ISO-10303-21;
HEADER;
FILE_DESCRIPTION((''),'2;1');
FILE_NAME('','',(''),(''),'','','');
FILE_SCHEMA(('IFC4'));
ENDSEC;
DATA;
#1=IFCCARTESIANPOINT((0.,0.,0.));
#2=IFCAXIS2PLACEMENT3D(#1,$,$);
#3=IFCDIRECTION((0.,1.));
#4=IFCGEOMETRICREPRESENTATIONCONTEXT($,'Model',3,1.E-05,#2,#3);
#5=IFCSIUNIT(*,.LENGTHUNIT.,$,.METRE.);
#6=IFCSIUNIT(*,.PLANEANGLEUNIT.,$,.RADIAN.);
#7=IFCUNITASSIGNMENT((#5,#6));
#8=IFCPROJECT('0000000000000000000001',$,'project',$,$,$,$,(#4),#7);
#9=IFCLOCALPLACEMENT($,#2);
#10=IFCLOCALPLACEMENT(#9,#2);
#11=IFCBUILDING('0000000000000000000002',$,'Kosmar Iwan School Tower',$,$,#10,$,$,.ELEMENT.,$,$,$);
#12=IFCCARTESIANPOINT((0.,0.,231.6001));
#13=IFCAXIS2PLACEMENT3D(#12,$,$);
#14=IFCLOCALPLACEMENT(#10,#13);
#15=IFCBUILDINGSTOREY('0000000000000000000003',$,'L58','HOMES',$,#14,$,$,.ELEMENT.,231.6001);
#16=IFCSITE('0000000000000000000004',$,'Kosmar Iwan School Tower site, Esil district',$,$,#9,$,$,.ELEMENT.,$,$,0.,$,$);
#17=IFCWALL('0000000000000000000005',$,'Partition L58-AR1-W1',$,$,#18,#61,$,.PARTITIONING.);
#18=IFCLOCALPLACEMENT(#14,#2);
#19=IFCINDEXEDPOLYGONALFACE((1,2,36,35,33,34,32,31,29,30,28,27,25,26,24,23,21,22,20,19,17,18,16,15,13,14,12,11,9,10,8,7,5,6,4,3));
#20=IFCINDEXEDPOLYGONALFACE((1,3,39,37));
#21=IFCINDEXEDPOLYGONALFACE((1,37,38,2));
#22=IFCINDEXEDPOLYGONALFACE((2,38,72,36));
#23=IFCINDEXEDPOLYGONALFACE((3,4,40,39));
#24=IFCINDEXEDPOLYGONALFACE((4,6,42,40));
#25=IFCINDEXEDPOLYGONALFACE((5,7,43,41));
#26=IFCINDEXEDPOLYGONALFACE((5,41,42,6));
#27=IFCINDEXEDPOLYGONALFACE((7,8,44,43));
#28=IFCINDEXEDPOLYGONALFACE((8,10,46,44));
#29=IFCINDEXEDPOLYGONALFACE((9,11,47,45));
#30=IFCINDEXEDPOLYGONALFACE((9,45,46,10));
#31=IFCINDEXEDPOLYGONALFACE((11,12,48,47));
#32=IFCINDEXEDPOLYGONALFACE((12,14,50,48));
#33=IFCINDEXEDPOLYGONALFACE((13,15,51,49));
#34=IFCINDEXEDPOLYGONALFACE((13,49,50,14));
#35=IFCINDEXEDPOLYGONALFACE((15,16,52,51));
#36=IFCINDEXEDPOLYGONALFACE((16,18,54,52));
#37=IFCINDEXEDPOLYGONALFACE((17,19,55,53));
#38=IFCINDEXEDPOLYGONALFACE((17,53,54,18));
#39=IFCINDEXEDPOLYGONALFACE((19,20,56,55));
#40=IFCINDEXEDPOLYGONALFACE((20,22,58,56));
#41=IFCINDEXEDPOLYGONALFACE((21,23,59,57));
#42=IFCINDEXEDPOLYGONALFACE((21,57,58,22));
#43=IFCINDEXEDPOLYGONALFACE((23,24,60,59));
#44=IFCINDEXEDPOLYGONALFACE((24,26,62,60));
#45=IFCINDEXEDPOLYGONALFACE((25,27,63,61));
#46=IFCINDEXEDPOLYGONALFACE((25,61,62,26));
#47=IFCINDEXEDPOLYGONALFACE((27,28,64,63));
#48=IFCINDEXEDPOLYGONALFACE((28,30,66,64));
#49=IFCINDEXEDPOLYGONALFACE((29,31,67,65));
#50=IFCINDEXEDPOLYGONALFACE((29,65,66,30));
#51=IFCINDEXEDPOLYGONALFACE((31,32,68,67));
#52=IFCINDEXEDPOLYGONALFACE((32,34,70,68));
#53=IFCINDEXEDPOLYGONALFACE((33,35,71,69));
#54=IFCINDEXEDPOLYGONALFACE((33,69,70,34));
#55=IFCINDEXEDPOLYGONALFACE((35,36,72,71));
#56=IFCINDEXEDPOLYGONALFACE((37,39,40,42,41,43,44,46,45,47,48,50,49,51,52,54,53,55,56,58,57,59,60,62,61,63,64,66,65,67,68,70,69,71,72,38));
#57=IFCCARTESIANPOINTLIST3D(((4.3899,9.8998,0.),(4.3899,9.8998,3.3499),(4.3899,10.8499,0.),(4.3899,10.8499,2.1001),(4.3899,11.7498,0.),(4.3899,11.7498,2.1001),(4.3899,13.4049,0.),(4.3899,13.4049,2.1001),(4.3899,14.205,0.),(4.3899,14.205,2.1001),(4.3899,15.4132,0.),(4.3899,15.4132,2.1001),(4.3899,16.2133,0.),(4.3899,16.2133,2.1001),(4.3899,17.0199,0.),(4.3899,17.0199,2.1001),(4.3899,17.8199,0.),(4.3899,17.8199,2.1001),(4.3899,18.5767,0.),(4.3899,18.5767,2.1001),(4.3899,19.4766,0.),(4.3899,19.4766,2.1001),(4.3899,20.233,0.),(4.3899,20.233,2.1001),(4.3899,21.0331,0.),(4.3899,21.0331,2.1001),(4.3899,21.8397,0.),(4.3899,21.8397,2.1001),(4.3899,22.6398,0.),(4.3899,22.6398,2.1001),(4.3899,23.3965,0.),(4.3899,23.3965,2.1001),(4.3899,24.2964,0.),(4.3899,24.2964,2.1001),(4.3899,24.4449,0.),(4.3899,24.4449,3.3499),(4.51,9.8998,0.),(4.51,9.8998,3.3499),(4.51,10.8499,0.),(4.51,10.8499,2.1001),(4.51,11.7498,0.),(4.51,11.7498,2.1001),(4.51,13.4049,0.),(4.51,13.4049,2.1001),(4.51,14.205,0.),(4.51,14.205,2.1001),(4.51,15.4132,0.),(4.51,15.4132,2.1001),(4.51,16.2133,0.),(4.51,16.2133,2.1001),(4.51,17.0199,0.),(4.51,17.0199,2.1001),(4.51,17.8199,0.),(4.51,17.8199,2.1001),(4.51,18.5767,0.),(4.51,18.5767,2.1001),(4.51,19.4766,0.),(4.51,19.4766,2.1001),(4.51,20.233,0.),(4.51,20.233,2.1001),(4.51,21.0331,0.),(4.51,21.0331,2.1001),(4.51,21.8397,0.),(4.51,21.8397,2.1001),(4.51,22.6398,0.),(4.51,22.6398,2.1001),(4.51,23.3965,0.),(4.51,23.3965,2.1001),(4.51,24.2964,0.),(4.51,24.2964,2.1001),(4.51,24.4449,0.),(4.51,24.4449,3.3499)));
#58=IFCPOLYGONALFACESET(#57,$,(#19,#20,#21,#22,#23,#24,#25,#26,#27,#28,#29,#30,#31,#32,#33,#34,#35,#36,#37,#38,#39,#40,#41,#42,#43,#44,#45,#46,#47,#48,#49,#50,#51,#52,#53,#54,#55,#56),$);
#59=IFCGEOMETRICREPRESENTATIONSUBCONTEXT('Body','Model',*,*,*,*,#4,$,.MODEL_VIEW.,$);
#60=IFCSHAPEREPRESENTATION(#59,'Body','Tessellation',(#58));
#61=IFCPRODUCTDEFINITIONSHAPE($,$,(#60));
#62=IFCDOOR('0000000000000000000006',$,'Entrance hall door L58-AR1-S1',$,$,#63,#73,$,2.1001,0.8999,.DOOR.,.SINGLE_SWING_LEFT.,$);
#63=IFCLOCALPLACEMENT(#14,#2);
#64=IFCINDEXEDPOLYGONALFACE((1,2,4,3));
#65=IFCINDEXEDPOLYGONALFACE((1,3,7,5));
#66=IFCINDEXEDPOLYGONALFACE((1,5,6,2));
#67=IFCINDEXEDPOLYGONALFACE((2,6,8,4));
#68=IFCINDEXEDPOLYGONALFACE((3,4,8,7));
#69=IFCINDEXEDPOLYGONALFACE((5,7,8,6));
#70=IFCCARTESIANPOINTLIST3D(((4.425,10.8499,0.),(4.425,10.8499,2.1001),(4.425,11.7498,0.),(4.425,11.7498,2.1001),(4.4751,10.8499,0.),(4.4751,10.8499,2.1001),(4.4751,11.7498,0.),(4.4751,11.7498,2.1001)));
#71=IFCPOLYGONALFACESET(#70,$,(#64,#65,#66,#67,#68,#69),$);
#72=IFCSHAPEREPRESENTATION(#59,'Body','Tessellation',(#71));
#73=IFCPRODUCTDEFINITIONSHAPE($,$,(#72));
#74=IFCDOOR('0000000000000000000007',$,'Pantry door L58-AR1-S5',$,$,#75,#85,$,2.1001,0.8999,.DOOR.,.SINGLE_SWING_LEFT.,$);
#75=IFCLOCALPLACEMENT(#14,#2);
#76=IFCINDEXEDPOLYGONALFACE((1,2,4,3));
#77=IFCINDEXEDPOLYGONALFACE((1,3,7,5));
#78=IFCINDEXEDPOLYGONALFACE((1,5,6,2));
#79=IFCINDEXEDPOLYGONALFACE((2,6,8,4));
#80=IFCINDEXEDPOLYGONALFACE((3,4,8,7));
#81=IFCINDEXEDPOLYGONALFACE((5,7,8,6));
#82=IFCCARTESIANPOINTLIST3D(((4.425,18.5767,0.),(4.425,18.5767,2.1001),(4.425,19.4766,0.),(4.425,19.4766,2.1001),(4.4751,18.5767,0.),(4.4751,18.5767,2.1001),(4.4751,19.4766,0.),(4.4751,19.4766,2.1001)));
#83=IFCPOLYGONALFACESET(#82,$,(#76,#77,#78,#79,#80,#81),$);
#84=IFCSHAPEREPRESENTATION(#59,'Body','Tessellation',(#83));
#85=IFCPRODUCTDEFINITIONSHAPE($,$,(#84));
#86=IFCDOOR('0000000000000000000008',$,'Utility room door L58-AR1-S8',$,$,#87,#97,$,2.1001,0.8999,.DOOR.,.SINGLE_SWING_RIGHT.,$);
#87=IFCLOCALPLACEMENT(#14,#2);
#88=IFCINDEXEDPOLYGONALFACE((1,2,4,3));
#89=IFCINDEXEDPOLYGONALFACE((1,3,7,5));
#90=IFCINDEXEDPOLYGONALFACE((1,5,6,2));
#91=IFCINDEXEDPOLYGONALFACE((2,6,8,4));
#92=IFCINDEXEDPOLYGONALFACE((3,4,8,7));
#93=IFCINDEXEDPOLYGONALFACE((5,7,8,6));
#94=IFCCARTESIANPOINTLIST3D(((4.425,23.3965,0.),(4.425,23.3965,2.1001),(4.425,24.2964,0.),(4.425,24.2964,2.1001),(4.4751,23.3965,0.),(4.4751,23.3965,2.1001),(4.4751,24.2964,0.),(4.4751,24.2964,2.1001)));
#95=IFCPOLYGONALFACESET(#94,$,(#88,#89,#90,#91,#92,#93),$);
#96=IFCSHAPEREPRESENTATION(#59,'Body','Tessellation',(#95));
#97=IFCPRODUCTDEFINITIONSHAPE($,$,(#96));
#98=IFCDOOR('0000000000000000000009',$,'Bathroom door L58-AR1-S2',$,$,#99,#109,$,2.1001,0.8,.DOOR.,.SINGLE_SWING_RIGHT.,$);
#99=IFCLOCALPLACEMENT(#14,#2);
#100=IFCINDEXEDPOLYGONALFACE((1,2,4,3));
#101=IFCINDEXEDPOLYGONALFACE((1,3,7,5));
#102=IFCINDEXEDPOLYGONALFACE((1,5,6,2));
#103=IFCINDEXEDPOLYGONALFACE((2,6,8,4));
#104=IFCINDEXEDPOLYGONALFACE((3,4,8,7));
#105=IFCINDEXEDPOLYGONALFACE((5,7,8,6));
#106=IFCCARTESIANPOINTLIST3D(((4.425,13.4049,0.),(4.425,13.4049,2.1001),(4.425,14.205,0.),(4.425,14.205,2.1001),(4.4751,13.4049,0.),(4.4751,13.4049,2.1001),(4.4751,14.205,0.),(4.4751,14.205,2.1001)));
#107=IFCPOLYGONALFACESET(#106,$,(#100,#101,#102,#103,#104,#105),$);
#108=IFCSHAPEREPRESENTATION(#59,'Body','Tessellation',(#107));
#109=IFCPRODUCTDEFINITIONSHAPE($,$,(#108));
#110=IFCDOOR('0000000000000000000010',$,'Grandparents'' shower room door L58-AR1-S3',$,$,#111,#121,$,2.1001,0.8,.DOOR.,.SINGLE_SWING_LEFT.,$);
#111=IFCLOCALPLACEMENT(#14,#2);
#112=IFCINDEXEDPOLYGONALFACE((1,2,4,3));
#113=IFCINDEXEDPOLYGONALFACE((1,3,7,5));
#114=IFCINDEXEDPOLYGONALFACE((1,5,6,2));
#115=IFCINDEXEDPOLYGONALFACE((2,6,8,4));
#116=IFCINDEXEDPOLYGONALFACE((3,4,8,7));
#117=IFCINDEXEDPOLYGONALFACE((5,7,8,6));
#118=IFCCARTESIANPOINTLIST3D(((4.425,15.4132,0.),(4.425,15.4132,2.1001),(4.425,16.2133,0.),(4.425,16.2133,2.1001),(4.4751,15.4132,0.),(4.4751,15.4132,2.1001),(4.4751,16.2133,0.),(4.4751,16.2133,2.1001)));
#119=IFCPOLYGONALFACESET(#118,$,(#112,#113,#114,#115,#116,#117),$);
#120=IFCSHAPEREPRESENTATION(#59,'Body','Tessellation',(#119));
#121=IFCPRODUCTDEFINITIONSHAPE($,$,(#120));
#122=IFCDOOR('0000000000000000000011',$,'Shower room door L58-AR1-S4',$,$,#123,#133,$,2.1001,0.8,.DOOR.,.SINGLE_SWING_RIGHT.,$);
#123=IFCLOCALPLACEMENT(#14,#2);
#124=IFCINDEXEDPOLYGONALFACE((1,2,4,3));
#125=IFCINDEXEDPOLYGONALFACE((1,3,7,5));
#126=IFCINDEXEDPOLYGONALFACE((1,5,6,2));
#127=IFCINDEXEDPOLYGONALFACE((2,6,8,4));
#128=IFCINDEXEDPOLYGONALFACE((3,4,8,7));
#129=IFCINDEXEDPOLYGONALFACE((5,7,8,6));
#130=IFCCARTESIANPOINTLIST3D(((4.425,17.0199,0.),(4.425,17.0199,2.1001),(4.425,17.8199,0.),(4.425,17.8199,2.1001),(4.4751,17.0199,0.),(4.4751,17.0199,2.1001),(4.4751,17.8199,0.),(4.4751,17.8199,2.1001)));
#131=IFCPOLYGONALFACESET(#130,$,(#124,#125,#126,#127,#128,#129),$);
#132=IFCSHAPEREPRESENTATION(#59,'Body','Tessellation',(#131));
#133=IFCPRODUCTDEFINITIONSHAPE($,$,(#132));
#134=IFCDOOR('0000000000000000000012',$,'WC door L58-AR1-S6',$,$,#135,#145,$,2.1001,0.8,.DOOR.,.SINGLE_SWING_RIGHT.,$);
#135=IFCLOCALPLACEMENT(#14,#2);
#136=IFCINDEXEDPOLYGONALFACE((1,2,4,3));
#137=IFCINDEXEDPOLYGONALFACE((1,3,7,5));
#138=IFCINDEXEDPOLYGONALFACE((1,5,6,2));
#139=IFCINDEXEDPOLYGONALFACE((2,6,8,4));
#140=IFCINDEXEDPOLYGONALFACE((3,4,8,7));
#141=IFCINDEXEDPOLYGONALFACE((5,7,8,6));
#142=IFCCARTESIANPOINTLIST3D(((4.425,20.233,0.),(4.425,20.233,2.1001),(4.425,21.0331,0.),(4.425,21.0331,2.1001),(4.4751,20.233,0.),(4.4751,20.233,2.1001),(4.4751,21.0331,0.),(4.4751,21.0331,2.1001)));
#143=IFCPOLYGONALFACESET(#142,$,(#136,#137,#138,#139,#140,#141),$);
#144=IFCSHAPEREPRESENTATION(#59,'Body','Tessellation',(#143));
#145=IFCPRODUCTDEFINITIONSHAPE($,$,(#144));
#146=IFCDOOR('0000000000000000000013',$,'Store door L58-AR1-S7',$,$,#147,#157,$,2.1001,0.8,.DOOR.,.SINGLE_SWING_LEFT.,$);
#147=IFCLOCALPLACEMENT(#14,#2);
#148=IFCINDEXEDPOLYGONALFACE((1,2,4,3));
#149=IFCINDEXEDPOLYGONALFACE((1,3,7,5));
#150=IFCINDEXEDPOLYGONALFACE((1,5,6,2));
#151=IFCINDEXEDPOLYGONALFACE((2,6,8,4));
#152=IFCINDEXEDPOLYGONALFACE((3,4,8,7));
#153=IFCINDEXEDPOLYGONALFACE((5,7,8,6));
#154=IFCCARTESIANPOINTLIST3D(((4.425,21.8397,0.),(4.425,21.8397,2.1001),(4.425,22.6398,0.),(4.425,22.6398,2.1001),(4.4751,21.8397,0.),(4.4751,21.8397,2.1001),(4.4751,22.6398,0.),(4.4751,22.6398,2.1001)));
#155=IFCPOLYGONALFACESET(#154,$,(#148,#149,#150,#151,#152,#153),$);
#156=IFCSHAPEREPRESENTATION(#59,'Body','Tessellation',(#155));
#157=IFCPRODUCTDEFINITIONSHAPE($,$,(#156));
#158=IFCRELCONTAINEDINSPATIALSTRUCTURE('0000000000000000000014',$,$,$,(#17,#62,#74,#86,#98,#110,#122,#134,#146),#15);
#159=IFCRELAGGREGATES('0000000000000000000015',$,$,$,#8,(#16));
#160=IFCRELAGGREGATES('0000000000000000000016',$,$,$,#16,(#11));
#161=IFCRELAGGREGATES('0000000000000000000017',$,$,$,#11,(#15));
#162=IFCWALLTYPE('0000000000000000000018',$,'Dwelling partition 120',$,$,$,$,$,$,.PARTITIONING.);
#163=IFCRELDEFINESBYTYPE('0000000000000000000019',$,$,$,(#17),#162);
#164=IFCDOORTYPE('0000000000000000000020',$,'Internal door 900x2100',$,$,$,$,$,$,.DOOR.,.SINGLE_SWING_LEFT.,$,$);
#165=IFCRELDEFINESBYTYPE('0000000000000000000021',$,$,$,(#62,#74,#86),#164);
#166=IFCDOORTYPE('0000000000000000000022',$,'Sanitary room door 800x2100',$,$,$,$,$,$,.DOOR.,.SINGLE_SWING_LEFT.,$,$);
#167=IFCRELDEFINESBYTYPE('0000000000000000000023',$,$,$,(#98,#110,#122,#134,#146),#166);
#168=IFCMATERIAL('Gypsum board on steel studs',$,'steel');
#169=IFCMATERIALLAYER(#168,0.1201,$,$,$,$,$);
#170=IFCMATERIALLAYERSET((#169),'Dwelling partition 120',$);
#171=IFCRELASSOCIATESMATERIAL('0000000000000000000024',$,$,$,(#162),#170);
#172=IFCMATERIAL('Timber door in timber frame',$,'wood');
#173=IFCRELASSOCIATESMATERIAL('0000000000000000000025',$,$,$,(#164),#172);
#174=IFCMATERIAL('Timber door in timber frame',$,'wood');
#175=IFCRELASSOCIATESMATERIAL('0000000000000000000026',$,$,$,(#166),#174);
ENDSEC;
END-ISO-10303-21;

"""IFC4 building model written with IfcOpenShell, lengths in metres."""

from ifc_helpers import new_model, si_unit, direction, frame, frame_2d, origin, place, context, subcontext, project, spatial, rectangle, extrude, material, layer, layer_set, type_object, element, fill, save


model = new_model("IFC4")

# Units and contexts
model_context = context("Model", 3, precision=1e-05, world=origin(), true_north=direction((0.0, 1.0)))
body_context = subcontext(model_context, "Body", "Model", "MODEL_VIEW")
ifc_project = project(units=[si_unit("LENGTHUNIT", "METRE"), si_unit("PLANEANGLEUNIT", "RADIAN")], contexts=[model_context])

# Site, building, storey
site_placement = place(None, origin())
site = spatial("IfcSite", under=ifc_project, at=site_placement, Name="Kosmar Iwan School Tower site, Esil district", CompositionType="ELEMENT", RefElevation=0.0)
building_placement = place(site_placement, origin())
building = spatial("IfcBuilding", under=site, at=building_placement, Name="Kosmar Iwan School Tower", CompositionType="ELEMENT")
storey_placement = place(building_placement, frame((0.0, 0.0, 231.6001)))
storey = spatial("IfcBuildingStorey", under=building, at=storey_placement, Name="L58", Description="HOMES", CompositionType="ELEMENT", Elevation=231.6001)

# Wall, openings, doors
ifc_material_1 = material(Name="Gypsum board on steel studs", Category="steel")
ifc_layer_1 = layer(ifc_material_1, 0.1201)
ifc_layer_set_1 = layer_set([ifc_layer_1], Name="Dwelling partition 120")
wall_type_1 = type_object("IfcWallType", Name="Dwelling partition 120", PredefinedType="PARTITIONING", material=ifc_layer_set_1)
wall_1_placement = place(storey_placement, frame((4.45, 9.8999, 0.0), z_axis=(0.0, 0.0, 1.0), x_axis=(0.0, 1.0, 0.0)))
wall_1 = element("IfcWall", 1, at=wall_1_placement, inside=storey, type_object=wall_type_1, Name="Partition L58-AR1-W1", PredefinedType="PARTITIONING", context=body_context, shape_type="SweptSolid", body=[
    extrude(rectangle(XDim=14.5452, YDim=0.1201, at=frame_2d((7.2725, 0.0))), origin(), (0.0, 0.0, 1.0), 3.3499),
])
opening_1_placement = place(wall_1_placement, frame((0.95, 0.0, 0.0)))
opening_1 = element("IfcOpeningElement", 2, at=opening_1_placement, cuts=wall_1, PredefinedType="OPENING", context=body_context, shape_type="SweptSolid", body=[
    extrude(rectangle(XDim=0.8999, YDim=2.1001, at=frame_2d((0.45, 1.05))), frame((0.0, 0.072, 0.0), z_axis=(0.0, -1.0, 0.0), x_axis=(1.0, 0.0, 0.0)), (0.0, 0.0, 1.0), 0.144),
])
opening_2_placement = place(wall_1_placement, frame((3.5051, 0.0, 0.0)))
opening_2 = element("IfcOpeningElement", 3, at=opening_2_placement, cuts=wall_1, PredefinedType="OPENING", context=body_context, shape_type="SweptSolid", body=[
    extrude(rectangle(XDim=0.8, YDim=2.1001, at=frame_2d((0.3999, 1.05))), frame((0.0, 0.072, 0.0), z_axis=(0.0, -1.0, 0.0), x_axis=(1.0, 0.0, 0.0)), (0.0, 0.0, 1.0), 0.144),
])
opening_3_placement = place(wall_1_placement, frame((5.5134, 0.0, 0.0)))
opening_3 = element("IfcOpeningElement", 4, at=opening_3_placement, cuts=wall_1, PredefinedType="OPENING", context=body_context, shape_type="SweptSolid", body=[
    extrude(rectangle(XDim=0.8, YDim=2.1001, at=frame_2d((0.3999, 1.05))), frame((0.0, 0.072, 0.0), z_axis=(0.0, -1.0, 0.0), x_axis=(1.0, 0.0, 0.0)), (0.0, 0.0, 1.0), 0.144),
])
opening_4_placement = place(wall_1_placement, frame((7.1201, 0.0, 0.0)))
opening_4 = element("IfcOpeningElement", 5, at=opening_4_placement, cuts=wall_1, PredefinedType="OPENING", context=body_context, shape_type="SweptSolid", body=[
    extrude(rectangle(XDim=0.8, YDim=2.1001, at=frame_2d((0.3999, 1.05))), frame((0.0, 0.072, 0.0), z_axis=(0.0, -1.0, 0.0), x_axis=(1.0, 0.0, 0.0)), (0.0, 0.0, 1.0), 0.144),
])
opening_5_placement = place(wall_1_placement, frame((8.6768, 0.0, 0.0)))
opening_5 = element("IfcOpeningElement", 6, at=opening_5_placement, cuts=wall_1, PredefinedType="OPENING", context=body_context, shape_type="SweptSolid", body=[
    extrude(rectangle(XDim=0.8999, YDim=2.1001, at=frame_2d((0.45, 1.05))), frame((0.0, 0.072, 0.0), z_axis=(0.0, -1.0, 0.0), x_axis=(1.0, 0.0, 0.0)), (0.0, 0.0, 1.0), 0.144),
])
opening_6_placement = place(wall_1_placement, frame((10.3333, 0.0, 0.0)))
opening_6 = element("IfcOpeningElement", 7, at=opening_6_placement, cuts=wall_1, PredefinedType="OPENING", context=body_context, shape_type="SweptSolid", body=[
    extrude(rectangle(XDim=0.8, YDim=2.1001, at=frame_2d((0.3999, 1.05))), frame((0.0, 0.072, 0.0), z_axis=(0.0, -1.0, 0.0), x_axis=(1.0, 0.0, 0.0)), (0.0, 0.0, 1.0), 0.144),
])
opening_7_placement = place(wall_1_placement, frame((11.9399, 0.0, 0.0)))
opening_7 = element("IfcOpeningElement", 8, at=opening_7_placement, cuts=wall_1, PredefinedType="OPENING", context=body_context, shape_type="SweptSolid", body=[
    extrude(rectangle(XDim=0.8, YDim=2.1001, at=frame_2d((0.3999, 1.05))), frame((0.0, 0.072, 0.0), z_axis=(0.0, -1.0, 0.0), x_axis=(1.0, 0.0, 0.0)), (0.0, 0.0, 1.0), 0.144),
])
opening_8_placement = place(wall_1_placement, frame((13.4966, 0.0, 0.0)))
opening_8 = element("IfcOpeningElement", 9, at=opening_8_placement, cuts=wall_1, PredefinedType="OPENING", context=body_context, shape_type="SweptSolid", body=[
    extrude(rectangle(XDim=0.8999, YDim=2.1001, at=frame_2d((0.45, 1.05))), frame((0.0, 0.072, 0.0), z_axis=(0.0, -1.0, 0.0), x_axis=(1.0, 0.0, 0.0)), (0.0, 0.0, 1.0), 0.144),
])
ifc_material_2 = material(Name="Timber door in timber frame", Category="wood")
door_type_1 = type_object("IfcDoorType", Name="Internal door 900x2100", OperationType="SINGLE_SWING_LEFT", PredefinedType="DOOR", material=ifc_material_2)
door_1_placement = place(opening_1_placement, origin())
door_1 = element("IfcDoor", 10, at=door_1_placement, inside=storey, type_object=door_type_1, Name="Entrance hall door L58-AR1-S1", OperationType="SINGLE_SWING_LEFT", OverallHeight=2.1001, OverallWidth=0.8999, PredefinedType="DOOR", context=body_context, shape_type="SweptSolid", body=[
    extrude(rectangle(XDim=0.8999, YDim=2.1001, at=frame_2d((0.45, 1.05))), frame((0.0, 0.0249, 0.0), z_axis=(0.0, -1.0, 0.0), x_axis=(1.0, 0.0, 0.0)), (0.0, 0.0, 1.0), 0.05),
])
fill(opening_1, door_1)
door_2_placement = place(opening_5_placement, origin())
door_2 = element("IfcDoor", 11, at=door_2_placement, inside=storey, type_object=door_type_1, Name="Pantry door L58-AR1-S5", OperationType="SINGLE_SWING_LEFT", OverallHeight=2.1001, OverallWidth=0.8999, PredefinedType="DOOR", context=body_context, shape_type="SweptSolid", body=[
    extrude(rectangle(XDim=0.8999, YDim=2.1001, at=frame_2d((0.45, 1.05))), frame((0.0, 0.0249, 0.0), z_axis=(0.0, -1.0, 0.0), x_axis=(1.0, 0.0, 0.0)), (0.0, 0.0, 1.0), 0.05),
])
fill(opening_5, door_2)
door_3_placement = place(opening_8_placement, origin())
door_3 = element("IfcDoor", 12, at=door_3_placement, inside=storey, type_object=door_type_1, Name="Utility room door L58-AR1-S8", OperationType="SINGLE_SWING_RIGHT", OverallHeight=2.1001, OverallWidth=0.8999, PredefinedType="DOOR", context=body_context, shape_type="SweptSolid", body=[
    extrude(rectangle(XDim=0.8999, YDim=2.1001, at=frame_2d((0.45, 1.05))), frame((0.0, 0.0249, 0.0), z_axis=(0.0, -1.0, 0.0), x_axis=(1.0, 0.0, 0.0)), (0.0, 0.0, 1.0), 0.05),
])
fill(opening_8, door_3)
ifc_material_3 = material(Name="Timber door in timber frame", Category="wood")
door_type_2 = type_object("IfcDoorType", Name="Sanitary room door 800x2100", OperationType="SINGLE_SWING_LEFT", PredefinedType="DOOR", material=ifc_material_3)
door_4_placement = place(opening_2_placement, origin())
door_4 = element("IfcDoor", 13, at=door_4_placement, inside=storey, type_object=door_type_2, Name="Bathroom door L58-AR1-S2", OperationType="SINGLE_SWING_RIGHT", OverallHeight=2.1001, OverallWidth=0.8, PredefinedType="DOOR", context=body_context, shape_type="SweptSolid", body=[
    extrude(rectangle(XDim=0.8, YDim=2.1001, at=frame_2d((0.3999, 1.05))), frame((0.0, 0.0249, 0.0), z_axis=(0.0, -1.0, 0.0), x_axis=(1.0, 0.0, 0.0)), (0.0, 0.0, 1.0), 0.05),
])
fill(opening_2, door_4)
door_5_placement = place(opening_3_placement, origin())
door_5 = element("IfcDoor", 14, at=door_5_placement, inside=storey, type_object=door_type_2, Name="Grandparents' shower room door L58-AR1-S3", OperationType="SINGLE_SWING_LEFT", OverallHeight=2.1001, OverallWidth=0.8, PredefinedType="DOOR", context=body_context, shape_type="SweptSolid", body=[
    extrude(rectangle(XDim=0.8, YDim=2.1001, at=frame_2d((0.3999, 1.05))), frame((0.0, 0.0249, 0.0), z_axis=(0.0, -1.0, 0.0), x_axis=(1.0, 0.0, 0.0)), (0.0, 0.0, 1.0), 0.05),
])
fill(opening_3, door_5)
door_6_placement = place(opening_4_placement, origin())
door_6 = element("IfcDoor", 15, at=door_6_placement, inside=storey, type_object=door_type_2, Name="Shower room door L58-AR1-S4", OperationType="SINGLE_SWING_RIGHT", OverallHeight=2.1001, OverallWidth=0.8, PredefinedType="DOOR", context=body_context, shape_type="SweptSolid", body=[
    extrude(rectangle(XDim=0.8, YDim=2.1001, at=frame_2d((0.3999, 1.05))), frame((0.0, 0.0249, 0.0), z_axis=(0.0, -1.0, 0.0), x_axis=(1.0, 0.0, 0.0)), (0.0, 0.0, 1.0), 0.05),
])
fill(opening_4, door_6)
door_7_placement = place(opening_6_placement, origin())
door_7 = element("IfcDoor", 16, at=door_7_placement, inside=storey, type_object=door_type_2, Name="WC door L58-AR1-S6", OperationType="SINGLE_SWING_RIGHT", OverallHeight=2.1001, OverallWidth=0.8, PredefinedType="DOOR", context=body_context, shape_type="SweptSolid", body=[
    extrude(rectangle(XDim=0.8, YDim=2.1001, at=frame_2d((0.3999, 1.05))), frame((0.0, 0.0249, 0.0), z_axis=(0.0, -1.0, 0.0), x_axis=(1.0, 0.0, 0.0)), (0.0, 0.0, 1.0), 0.05),
])
fill(opening_6, door_7)
door_8_placement = place(opening_7_placement, origin())
door_8 = element("IfcDoor", 17, at=door_8_placement, inside=storey, type_object=door_type_2, Name="Store door L58-AR1-S7", OperationType="SINGLE_SWING_LEFT", OverallHeight=2.1001, OverallWidth=0.8, PredefinedType="DOOR", context=body_context, shape_type="SweptSolid", body=[
    extrude(rectangle(XDim=0.8, YDim=2.1001, at=frame_2d((0.3999, 1.05))), frame((0.0, 0.0249, 0.0), z_axis=(0.0, -1.0, 0.0), x_axis=(1.0, 0.0, 0.0)), (0.0, 0.0, 1.0), 0.05),
])
fill(opening_7, door_8)

save(model, "model.ifc")
